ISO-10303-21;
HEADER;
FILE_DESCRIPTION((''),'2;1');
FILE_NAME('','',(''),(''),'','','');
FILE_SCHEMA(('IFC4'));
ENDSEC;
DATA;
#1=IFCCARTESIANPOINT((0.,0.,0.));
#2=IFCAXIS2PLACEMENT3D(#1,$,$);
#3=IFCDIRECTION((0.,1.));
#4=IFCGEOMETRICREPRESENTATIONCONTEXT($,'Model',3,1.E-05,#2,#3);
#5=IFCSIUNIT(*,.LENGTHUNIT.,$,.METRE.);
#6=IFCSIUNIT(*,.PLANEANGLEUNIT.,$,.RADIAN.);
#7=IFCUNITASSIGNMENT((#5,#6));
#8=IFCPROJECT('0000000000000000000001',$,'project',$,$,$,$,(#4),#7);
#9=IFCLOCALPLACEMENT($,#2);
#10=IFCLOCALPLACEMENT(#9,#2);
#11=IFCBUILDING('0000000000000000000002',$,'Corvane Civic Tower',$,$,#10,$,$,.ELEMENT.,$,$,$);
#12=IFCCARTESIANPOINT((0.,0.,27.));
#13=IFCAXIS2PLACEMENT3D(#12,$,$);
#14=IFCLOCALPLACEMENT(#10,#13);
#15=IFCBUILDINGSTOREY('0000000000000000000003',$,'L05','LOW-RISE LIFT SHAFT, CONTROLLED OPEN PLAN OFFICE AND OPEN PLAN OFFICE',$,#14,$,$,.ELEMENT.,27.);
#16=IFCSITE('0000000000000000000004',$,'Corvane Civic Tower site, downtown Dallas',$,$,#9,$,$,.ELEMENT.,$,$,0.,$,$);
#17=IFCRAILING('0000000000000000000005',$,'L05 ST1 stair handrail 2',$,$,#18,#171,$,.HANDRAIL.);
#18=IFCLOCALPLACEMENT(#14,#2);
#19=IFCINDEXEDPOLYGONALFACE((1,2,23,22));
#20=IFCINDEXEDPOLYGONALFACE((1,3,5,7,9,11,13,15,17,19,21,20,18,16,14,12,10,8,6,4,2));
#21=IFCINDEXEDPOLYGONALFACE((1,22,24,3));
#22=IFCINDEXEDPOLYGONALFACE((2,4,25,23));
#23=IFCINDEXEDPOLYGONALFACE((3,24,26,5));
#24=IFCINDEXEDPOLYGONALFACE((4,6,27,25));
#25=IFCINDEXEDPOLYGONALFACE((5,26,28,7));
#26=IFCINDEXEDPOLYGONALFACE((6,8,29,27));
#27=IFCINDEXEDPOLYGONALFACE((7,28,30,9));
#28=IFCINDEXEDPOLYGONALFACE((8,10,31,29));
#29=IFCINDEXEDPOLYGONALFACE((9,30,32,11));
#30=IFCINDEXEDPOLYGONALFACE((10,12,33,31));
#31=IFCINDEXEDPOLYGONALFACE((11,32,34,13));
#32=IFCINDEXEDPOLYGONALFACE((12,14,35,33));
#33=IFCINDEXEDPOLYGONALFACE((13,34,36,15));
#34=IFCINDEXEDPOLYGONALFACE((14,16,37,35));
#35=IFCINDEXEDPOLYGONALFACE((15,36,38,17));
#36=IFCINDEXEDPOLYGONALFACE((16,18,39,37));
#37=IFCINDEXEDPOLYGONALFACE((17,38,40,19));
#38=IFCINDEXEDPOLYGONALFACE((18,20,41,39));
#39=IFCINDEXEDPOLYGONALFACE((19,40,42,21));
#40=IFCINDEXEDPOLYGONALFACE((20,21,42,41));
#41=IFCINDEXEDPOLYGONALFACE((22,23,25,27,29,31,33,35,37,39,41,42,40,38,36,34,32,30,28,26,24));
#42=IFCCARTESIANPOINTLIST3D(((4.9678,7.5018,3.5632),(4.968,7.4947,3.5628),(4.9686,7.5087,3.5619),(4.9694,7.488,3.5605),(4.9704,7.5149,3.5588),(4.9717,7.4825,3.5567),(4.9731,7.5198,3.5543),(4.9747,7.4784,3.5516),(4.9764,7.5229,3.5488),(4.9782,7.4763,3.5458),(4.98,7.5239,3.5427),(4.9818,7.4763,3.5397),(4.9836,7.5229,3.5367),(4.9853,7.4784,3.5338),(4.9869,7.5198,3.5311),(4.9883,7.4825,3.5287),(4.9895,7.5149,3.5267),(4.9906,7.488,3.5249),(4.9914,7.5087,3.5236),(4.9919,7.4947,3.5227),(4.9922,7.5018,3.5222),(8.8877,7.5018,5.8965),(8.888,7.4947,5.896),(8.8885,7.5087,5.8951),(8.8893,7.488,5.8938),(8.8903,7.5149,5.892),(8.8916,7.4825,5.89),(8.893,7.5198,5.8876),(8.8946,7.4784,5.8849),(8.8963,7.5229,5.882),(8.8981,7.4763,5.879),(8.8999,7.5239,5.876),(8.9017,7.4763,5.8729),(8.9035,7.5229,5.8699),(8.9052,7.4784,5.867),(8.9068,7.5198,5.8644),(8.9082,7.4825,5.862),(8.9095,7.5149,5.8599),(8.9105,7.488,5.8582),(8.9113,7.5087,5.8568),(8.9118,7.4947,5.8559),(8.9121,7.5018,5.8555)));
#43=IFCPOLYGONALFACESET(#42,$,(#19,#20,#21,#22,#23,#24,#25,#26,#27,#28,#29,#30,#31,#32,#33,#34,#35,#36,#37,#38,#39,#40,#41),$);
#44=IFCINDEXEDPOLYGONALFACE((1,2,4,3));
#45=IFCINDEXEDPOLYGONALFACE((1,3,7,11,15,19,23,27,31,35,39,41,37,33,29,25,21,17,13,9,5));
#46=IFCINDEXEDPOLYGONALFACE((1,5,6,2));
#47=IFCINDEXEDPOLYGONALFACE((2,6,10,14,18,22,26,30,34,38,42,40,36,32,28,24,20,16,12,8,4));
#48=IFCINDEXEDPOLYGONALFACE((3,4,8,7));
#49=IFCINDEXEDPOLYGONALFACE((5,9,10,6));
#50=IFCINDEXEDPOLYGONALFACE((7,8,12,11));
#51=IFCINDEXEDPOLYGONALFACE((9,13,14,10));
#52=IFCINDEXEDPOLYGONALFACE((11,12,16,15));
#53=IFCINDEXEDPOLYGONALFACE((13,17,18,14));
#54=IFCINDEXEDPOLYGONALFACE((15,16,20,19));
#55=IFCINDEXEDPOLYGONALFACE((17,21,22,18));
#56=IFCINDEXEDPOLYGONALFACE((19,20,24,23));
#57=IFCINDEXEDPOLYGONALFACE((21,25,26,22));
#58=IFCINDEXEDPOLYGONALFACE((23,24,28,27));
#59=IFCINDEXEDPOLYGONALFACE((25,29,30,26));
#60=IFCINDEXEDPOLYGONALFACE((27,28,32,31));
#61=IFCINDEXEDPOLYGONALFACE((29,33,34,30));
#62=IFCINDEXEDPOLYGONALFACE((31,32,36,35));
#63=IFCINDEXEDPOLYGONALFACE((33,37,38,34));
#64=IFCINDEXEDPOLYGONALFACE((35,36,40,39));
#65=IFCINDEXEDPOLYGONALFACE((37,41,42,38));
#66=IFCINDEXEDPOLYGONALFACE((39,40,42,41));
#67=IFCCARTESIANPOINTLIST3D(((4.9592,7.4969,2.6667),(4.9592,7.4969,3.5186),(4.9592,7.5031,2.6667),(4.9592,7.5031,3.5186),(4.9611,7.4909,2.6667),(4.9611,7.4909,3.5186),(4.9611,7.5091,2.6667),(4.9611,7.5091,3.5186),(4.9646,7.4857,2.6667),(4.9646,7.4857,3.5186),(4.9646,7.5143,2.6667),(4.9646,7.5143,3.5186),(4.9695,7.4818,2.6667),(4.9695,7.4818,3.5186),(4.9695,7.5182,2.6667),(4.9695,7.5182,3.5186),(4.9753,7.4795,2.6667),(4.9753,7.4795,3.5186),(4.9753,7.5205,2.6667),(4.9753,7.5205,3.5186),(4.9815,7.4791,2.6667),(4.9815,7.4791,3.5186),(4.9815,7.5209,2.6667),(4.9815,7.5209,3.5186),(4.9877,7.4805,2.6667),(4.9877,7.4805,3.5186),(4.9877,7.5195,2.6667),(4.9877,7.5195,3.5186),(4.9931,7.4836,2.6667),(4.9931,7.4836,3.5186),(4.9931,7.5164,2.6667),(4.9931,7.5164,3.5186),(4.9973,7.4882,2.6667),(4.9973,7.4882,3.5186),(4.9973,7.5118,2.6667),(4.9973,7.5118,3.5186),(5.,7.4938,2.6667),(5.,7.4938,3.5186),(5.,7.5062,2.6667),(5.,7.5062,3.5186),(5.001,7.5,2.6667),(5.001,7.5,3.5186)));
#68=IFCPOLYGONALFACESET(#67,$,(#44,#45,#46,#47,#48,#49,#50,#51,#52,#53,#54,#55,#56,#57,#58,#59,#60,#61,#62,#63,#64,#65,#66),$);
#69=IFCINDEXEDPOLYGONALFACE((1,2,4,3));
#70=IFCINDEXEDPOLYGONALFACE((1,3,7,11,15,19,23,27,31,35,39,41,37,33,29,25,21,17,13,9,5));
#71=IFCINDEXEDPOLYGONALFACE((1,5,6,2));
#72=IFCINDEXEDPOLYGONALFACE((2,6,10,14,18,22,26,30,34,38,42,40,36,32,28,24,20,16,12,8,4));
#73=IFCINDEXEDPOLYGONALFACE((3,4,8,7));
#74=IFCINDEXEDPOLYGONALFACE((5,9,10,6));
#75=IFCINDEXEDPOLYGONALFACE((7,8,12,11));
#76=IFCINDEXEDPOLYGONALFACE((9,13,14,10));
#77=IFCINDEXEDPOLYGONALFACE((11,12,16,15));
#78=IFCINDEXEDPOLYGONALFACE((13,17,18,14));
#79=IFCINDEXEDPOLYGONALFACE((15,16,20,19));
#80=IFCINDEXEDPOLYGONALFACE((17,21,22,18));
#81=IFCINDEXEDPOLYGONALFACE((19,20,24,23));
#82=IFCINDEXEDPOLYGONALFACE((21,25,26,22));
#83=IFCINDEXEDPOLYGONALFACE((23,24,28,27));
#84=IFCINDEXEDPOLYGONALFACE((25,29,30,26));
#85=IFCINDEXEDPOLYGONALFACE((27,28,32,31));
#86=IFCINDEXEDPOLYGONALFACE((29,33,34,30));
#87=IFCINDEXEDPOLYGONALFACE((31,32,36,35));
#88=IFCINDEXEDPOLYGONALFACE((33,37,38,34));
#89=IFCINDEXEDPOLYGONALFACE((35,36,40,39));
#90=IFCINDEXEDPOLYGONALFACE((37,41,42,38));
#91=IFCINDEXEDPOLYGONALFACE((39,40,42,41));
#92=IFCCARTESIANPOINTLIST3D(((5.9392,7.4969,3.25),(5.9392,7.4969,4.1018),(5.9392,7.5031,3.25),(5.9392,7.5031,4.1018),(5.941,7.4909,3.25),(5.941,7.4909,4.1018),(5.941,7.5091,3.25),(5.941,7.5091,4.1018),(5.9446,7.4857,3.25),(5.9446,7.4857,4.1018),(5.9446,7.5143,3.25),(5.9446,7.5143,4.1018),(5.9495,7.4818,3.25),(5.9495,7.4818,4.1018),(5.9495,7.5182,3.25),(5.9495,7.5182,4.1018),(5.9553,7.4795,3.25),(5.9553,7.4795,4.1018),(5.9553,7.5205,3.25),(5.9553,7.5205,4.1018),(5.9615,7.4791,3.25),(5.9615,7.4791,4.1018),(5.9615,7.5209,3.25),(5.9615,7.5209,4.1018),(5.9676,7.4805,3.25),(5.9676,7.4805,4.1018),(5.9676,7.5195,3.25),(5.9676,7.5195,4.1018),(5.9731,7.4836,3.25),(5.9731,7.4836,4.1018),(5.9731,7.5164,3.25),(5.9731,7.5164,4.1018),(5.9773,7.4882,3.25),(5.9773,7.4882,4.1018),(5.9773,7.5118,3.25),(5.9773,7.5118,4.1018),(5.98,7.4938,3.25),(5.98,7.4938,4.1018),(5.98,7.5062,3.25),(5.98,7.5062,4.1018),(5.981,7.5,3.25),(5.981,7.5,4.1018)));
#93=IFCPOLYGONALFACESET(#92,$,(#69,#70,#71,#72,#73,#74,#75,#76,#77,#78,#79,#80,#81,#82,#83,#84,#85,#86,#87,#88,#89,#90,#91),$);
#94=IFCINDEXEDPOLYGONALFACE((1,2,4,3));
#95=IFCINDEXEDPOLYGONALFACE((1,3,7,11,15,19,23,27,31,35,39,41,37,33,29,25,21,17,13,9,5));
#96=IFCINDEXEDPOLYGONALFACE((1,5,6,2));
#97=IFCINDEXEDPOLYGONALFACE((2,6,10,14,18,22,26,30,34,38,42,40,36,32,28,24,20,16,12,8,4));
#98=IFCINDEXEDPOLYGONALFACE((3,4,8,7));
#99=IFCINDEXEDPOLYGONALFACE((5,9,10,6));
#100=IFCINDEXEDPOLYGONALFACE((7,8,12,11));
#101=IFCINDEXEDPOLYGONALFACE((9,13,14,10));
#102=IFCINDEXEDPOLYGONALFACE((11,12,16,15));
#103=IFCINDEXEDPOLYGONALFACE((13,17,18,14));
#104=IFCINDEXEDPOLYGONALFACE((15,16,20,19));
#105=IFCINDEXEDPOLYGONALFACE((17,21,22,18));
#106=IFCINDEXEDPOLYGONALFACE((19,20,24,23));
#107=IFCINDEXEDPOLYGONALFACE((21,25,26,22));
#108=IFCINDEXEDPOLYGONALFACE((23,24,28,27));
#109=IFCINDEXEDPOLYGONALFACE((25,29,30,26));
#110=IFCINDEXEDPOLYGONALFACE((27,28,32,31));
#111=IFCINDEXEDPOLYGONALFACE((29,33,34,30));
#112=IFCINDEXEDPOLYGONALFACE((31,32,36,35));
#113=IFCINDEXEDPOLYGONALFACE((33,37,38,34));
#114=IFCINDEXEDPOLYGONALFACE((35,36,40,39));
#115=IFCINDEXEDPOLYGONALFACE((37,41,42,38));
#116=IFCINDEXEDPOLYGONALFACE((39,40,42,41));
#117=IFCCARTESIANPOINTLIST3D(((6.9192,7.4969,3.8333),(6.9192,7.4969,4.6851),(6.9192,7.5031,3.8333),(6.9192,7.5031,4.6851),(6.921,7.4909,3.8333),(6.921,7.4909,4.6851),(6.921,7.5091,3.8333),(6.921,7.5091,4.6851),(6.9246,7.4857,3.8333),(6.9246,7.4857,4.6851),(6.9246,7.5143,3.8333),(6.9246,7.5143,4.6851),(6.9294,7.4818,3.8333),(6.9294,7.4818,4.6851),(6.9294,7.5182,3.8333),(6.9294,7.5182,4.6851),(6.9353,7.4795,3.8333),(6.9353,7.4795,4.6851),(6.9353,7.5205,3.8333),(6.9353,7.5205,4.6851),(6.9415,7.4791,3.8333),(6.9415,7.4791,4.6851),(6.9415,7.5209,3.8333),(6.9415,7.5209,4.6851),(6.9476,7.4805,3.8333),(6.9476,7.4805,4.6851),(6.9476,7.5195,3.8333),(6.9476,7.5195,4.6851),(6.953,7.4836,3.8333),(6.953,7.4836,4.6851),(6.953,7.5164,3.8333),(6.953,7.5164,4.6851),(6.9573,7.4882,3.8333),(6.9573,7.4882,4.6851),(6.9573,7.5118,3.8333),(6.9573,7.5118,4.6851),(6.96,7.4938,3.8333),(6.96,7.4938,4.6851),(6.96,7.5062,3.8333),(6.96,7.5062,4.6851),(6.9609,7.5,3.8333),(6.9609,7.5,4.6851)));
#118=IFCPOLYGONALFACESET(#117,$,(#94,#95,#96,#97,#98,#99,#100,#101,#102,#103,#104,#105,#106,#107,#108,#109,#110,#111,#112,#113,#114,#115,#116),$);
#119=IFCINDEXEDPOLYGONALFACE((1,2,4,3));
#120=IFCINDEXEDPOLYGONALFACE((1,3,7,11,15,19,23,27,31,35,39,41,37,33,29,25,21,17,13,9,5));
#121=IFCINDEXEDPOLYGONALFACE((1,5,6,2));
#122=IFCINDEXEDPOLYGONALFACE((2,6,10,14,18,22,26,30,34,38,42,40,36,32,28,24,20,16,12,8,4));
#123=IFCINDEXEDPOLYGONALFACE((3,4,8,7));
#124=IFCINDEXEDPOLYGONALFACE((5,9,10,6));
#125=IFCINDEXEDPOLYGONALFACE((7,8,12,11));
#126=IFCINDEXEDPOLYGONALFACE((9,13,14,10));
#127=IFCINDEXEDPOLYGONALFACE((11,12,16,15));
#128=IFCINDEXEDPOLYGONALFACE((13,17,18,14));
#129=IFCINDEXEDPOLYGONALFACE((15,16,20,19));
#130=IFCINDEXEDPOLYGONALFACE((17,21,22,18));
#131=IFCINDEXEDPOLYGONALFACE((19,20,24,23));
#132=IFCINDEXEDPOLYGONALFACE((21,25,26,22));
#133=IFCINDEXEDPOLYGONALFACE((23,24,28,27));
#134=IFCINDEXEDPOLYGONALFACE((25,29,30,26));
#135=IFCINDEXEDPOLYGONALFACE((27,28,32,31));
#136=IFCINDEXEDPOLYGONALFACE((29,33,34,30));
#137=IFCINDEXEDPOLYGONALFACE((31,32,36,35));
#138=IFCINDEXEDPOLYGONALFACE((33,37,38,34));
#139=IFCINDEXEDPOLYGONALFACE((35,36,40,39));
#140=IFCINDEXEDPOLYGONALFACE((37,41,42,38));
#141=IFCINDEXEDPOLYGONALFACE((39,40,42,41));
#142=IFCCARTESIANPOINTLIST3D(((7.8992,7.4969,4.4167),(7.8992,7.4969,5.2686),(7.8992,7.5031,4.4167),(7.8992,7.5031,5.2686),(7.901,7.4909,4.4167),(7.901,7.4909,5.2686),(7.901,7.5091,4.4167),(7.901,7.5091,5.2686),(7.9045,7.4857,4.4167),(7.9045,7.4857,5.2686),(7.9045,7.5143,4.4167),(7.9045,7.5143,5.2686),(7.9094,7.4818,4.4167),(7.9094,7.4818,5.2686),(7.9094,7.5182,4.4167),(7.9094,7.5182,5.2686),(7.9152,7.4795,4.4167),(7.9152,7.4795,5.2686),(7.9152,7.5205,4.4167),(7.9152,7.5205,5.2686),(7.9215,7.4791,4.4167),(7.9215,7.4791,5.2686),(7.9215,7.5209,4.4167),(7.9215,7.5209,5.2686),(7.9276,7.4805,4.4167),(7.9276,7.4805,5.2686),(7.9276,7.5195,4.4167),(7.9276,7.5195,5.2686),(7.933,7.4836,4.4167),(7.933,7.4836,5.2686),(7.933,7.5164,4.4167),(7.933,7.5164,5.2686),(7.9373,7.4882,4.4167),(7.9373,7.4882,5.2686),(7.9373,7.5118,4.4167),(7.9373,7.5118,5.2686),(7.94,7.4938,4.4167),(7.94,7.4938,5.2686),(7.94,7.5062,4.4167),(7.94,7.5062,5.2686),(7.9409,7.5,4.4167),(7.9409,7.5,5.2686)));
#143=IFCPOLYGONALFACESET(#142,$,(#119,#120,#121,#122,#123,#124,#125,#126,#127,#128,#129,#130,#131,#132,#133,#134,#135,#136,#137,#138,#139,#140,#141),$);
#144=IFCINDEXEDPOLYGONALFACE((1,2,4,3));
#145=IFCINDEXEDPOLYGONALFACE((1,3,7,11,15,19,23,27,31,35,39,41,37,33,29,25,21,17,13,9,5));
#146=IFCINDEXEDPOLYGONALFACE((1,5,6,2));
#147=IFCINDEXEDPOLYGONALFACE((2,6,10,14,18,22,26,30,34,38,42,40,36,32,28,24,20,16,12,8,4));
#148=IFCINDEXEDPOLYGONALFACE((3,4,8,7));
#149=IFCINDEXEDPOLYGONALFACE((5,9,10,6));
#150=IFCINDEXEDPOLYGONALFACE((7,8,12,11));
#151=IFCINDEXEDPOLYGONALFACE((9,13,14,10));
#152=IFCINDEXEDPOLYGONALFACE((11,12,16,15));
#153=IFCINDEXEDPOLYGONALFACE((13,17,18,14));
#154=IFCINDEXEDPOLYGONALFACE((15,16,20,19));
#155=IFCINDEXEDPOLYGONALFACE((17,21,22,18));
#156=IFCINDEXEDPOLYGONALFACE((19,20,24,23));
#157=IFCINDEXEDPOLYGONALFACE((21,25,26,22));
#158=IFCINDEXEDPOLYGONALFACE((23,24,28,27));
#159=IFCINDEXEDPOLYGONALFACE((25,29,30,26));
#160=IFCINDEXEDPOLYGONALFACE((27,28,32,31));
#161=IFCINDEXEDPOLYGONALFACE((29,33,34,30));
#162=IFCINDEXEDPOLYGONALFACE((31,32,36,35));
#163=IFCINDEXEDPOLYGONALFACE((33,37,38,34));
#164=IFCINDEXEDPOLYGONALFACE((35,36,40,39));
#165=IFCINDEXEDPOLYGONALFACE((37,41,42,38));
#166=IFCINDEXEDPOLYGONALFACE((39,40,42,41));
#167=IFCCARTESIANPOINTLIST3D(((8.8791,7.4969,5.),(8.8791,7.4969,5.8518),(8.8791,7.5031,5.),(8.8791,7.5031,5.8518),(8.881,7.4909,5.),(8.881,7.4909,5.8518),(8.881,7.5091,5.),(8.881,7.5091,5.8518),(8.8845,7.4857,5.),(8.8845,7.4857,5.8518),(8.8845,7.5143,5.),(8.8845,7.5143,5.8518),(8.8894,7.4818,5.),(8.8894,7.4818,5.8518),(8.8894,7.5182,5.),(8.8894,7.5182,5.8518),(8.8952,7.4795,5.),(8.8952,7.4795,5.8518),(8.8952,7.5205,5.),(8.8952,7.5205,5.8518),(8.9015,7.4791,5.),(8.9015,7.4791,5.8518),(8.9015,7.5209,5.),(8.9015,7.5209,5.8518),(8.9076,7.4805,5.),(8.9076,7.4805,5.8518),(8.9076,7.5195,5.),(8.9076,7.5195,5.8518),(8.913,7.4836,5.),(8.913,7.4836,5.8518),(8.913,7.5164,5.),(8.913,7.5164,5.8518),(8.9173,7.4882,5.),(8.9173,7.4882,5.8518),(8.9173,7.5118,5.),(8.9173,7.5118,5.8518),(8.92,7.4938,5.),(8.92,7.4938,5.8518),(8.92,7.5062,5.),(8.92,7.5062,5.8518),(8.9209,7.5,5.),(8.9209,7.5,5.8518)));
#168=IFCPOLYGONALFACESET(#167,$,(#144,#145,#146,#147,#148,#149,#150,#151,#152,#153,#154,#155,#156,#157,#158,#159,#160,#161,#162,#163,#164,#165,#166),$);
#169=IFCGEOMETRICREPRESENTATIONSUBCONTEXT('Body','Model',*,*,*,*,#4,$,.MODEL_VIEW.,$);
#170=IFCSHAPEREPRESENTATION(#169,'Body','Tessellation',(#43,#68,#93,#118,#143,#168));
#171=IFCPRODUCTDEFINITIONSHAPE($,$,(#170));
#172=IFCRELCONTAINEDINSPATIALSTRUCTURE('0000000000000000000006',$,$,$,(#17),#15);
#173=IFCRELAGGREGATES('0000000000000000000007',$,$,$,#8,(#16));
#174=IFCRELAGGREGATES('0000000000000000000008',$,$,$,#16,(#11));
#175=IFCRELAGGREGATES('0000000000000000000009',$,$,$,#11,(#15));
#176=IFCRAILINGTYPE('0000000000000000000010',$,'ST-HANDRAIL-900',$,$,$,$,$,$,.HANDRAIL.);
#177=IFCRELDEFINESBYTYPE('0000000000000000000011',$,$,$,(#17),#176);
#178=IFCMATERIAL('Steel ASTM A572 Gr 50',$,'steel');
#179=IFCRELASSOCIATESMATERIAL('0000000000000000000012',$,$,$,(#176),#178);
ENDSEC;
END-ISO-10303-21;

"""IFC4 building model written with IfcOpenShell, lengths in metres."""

from ifc_helpers import new_model, si_unit, direction, frame, origin, origin_2d, place, context, subcontext, project, spatial, circle, extrude, material, type_object, element, save


model = new_model("IFC4")

# Units and contexts
model_context = context("Model", 3, precision=1e-05, world=origin(), true_north=direction((0.0, 1.0)))
body_context = subcontext(model_context, "Body", "Model", "MODEL_VIEW")
ifc_project = project(units=[si_unit("LENGTHUNIT", "METRE"), si_unit("PLANEANGLEUNIT", "RADIAN")], contexts=[model_context])

# Site, building, storey
site_placement = place(None, origin())
site = spatial("IfcSite", under=ifc_project, at=site_placement, Name="Corvane Civic Tower site, downtown Dallas", CompositionType="ELEMENT", RefElevation=0.0)
building_placement = place(site_placement, origin())
building = spatial("IfcBuilding", under=site, at=building_placement, Name="Corvane Civic Tower", CompositionType="ELEMENT")
storey_placement = place(building_placement, frame((0.0, 0.0, 27.0)))
storey = spatial("IfcBuildingStorey", under=building, at=storey_placement, Name="L05", Description="LOW-RISE LIFT SHAFT, CONTROLLED OPEN PLAN OFFICE AND OPEN PLAN OFFICE", CompositionType="ELEMENT", Elevation=27.0)

# Railing
ifc_material_1 = material(Name="Steel ASTM A572 Gr 50", Category="steel")
railing_type = type_object("IfcRailingType", Name="ST-HANDRAIL-900", PredefinedType="HANDRAIL", material=ifc_material_1)
railing_placement = place(storey_placement, frame((4.98, 7.5, 2.6667)))
element("IfcRailing", 1, at=railing_placement, inside=storey, type_object=railing_type, Name="L05 ST1 stair handrail 2", PredefinedType="HANDRAIL", context=body_context, shape_type="SweptSolid", body=[
    extrude(circle(Radius=0.0239, at=origin_2d()), frame((0.0, 0.0, 0.876), z_axis=(0.859296, 0.0, 0.511478), x_axis=(0.0, 1.0, 0.0)), (0.0, 0.0, 1.0), 4.5618),
    extrude(circle(Radius=0.021, at=origin_2d()), origin(), (0.0, 0.0, 1.0), 0.8518),
    extrude(circle(Radius=0.021, at=origin_2d()), frame((0.98, 0.0, 0.5833)), (0.0, 0.0, 1.0), 0.8518),
    extrude(circle(Radius=0.021, at=origin_2d()), frame((1.96, 0.0, 1.1665)), (0.0, 0.0, 1.0), 0.8518),
    extrude(circle(Radius=0.021, at=origin_2d()), frame((2.9399, 0.0, 1.75)), (0.0, 0.0, 1.0), 0.8518),
    extrude(circle(Radius=0.021, at=origin_2d()), frame((3.9199, 0.0, 2.3333)), (0.0, 0.0, 1.0), 0.8518),
])

save(model, "model.ifc")
